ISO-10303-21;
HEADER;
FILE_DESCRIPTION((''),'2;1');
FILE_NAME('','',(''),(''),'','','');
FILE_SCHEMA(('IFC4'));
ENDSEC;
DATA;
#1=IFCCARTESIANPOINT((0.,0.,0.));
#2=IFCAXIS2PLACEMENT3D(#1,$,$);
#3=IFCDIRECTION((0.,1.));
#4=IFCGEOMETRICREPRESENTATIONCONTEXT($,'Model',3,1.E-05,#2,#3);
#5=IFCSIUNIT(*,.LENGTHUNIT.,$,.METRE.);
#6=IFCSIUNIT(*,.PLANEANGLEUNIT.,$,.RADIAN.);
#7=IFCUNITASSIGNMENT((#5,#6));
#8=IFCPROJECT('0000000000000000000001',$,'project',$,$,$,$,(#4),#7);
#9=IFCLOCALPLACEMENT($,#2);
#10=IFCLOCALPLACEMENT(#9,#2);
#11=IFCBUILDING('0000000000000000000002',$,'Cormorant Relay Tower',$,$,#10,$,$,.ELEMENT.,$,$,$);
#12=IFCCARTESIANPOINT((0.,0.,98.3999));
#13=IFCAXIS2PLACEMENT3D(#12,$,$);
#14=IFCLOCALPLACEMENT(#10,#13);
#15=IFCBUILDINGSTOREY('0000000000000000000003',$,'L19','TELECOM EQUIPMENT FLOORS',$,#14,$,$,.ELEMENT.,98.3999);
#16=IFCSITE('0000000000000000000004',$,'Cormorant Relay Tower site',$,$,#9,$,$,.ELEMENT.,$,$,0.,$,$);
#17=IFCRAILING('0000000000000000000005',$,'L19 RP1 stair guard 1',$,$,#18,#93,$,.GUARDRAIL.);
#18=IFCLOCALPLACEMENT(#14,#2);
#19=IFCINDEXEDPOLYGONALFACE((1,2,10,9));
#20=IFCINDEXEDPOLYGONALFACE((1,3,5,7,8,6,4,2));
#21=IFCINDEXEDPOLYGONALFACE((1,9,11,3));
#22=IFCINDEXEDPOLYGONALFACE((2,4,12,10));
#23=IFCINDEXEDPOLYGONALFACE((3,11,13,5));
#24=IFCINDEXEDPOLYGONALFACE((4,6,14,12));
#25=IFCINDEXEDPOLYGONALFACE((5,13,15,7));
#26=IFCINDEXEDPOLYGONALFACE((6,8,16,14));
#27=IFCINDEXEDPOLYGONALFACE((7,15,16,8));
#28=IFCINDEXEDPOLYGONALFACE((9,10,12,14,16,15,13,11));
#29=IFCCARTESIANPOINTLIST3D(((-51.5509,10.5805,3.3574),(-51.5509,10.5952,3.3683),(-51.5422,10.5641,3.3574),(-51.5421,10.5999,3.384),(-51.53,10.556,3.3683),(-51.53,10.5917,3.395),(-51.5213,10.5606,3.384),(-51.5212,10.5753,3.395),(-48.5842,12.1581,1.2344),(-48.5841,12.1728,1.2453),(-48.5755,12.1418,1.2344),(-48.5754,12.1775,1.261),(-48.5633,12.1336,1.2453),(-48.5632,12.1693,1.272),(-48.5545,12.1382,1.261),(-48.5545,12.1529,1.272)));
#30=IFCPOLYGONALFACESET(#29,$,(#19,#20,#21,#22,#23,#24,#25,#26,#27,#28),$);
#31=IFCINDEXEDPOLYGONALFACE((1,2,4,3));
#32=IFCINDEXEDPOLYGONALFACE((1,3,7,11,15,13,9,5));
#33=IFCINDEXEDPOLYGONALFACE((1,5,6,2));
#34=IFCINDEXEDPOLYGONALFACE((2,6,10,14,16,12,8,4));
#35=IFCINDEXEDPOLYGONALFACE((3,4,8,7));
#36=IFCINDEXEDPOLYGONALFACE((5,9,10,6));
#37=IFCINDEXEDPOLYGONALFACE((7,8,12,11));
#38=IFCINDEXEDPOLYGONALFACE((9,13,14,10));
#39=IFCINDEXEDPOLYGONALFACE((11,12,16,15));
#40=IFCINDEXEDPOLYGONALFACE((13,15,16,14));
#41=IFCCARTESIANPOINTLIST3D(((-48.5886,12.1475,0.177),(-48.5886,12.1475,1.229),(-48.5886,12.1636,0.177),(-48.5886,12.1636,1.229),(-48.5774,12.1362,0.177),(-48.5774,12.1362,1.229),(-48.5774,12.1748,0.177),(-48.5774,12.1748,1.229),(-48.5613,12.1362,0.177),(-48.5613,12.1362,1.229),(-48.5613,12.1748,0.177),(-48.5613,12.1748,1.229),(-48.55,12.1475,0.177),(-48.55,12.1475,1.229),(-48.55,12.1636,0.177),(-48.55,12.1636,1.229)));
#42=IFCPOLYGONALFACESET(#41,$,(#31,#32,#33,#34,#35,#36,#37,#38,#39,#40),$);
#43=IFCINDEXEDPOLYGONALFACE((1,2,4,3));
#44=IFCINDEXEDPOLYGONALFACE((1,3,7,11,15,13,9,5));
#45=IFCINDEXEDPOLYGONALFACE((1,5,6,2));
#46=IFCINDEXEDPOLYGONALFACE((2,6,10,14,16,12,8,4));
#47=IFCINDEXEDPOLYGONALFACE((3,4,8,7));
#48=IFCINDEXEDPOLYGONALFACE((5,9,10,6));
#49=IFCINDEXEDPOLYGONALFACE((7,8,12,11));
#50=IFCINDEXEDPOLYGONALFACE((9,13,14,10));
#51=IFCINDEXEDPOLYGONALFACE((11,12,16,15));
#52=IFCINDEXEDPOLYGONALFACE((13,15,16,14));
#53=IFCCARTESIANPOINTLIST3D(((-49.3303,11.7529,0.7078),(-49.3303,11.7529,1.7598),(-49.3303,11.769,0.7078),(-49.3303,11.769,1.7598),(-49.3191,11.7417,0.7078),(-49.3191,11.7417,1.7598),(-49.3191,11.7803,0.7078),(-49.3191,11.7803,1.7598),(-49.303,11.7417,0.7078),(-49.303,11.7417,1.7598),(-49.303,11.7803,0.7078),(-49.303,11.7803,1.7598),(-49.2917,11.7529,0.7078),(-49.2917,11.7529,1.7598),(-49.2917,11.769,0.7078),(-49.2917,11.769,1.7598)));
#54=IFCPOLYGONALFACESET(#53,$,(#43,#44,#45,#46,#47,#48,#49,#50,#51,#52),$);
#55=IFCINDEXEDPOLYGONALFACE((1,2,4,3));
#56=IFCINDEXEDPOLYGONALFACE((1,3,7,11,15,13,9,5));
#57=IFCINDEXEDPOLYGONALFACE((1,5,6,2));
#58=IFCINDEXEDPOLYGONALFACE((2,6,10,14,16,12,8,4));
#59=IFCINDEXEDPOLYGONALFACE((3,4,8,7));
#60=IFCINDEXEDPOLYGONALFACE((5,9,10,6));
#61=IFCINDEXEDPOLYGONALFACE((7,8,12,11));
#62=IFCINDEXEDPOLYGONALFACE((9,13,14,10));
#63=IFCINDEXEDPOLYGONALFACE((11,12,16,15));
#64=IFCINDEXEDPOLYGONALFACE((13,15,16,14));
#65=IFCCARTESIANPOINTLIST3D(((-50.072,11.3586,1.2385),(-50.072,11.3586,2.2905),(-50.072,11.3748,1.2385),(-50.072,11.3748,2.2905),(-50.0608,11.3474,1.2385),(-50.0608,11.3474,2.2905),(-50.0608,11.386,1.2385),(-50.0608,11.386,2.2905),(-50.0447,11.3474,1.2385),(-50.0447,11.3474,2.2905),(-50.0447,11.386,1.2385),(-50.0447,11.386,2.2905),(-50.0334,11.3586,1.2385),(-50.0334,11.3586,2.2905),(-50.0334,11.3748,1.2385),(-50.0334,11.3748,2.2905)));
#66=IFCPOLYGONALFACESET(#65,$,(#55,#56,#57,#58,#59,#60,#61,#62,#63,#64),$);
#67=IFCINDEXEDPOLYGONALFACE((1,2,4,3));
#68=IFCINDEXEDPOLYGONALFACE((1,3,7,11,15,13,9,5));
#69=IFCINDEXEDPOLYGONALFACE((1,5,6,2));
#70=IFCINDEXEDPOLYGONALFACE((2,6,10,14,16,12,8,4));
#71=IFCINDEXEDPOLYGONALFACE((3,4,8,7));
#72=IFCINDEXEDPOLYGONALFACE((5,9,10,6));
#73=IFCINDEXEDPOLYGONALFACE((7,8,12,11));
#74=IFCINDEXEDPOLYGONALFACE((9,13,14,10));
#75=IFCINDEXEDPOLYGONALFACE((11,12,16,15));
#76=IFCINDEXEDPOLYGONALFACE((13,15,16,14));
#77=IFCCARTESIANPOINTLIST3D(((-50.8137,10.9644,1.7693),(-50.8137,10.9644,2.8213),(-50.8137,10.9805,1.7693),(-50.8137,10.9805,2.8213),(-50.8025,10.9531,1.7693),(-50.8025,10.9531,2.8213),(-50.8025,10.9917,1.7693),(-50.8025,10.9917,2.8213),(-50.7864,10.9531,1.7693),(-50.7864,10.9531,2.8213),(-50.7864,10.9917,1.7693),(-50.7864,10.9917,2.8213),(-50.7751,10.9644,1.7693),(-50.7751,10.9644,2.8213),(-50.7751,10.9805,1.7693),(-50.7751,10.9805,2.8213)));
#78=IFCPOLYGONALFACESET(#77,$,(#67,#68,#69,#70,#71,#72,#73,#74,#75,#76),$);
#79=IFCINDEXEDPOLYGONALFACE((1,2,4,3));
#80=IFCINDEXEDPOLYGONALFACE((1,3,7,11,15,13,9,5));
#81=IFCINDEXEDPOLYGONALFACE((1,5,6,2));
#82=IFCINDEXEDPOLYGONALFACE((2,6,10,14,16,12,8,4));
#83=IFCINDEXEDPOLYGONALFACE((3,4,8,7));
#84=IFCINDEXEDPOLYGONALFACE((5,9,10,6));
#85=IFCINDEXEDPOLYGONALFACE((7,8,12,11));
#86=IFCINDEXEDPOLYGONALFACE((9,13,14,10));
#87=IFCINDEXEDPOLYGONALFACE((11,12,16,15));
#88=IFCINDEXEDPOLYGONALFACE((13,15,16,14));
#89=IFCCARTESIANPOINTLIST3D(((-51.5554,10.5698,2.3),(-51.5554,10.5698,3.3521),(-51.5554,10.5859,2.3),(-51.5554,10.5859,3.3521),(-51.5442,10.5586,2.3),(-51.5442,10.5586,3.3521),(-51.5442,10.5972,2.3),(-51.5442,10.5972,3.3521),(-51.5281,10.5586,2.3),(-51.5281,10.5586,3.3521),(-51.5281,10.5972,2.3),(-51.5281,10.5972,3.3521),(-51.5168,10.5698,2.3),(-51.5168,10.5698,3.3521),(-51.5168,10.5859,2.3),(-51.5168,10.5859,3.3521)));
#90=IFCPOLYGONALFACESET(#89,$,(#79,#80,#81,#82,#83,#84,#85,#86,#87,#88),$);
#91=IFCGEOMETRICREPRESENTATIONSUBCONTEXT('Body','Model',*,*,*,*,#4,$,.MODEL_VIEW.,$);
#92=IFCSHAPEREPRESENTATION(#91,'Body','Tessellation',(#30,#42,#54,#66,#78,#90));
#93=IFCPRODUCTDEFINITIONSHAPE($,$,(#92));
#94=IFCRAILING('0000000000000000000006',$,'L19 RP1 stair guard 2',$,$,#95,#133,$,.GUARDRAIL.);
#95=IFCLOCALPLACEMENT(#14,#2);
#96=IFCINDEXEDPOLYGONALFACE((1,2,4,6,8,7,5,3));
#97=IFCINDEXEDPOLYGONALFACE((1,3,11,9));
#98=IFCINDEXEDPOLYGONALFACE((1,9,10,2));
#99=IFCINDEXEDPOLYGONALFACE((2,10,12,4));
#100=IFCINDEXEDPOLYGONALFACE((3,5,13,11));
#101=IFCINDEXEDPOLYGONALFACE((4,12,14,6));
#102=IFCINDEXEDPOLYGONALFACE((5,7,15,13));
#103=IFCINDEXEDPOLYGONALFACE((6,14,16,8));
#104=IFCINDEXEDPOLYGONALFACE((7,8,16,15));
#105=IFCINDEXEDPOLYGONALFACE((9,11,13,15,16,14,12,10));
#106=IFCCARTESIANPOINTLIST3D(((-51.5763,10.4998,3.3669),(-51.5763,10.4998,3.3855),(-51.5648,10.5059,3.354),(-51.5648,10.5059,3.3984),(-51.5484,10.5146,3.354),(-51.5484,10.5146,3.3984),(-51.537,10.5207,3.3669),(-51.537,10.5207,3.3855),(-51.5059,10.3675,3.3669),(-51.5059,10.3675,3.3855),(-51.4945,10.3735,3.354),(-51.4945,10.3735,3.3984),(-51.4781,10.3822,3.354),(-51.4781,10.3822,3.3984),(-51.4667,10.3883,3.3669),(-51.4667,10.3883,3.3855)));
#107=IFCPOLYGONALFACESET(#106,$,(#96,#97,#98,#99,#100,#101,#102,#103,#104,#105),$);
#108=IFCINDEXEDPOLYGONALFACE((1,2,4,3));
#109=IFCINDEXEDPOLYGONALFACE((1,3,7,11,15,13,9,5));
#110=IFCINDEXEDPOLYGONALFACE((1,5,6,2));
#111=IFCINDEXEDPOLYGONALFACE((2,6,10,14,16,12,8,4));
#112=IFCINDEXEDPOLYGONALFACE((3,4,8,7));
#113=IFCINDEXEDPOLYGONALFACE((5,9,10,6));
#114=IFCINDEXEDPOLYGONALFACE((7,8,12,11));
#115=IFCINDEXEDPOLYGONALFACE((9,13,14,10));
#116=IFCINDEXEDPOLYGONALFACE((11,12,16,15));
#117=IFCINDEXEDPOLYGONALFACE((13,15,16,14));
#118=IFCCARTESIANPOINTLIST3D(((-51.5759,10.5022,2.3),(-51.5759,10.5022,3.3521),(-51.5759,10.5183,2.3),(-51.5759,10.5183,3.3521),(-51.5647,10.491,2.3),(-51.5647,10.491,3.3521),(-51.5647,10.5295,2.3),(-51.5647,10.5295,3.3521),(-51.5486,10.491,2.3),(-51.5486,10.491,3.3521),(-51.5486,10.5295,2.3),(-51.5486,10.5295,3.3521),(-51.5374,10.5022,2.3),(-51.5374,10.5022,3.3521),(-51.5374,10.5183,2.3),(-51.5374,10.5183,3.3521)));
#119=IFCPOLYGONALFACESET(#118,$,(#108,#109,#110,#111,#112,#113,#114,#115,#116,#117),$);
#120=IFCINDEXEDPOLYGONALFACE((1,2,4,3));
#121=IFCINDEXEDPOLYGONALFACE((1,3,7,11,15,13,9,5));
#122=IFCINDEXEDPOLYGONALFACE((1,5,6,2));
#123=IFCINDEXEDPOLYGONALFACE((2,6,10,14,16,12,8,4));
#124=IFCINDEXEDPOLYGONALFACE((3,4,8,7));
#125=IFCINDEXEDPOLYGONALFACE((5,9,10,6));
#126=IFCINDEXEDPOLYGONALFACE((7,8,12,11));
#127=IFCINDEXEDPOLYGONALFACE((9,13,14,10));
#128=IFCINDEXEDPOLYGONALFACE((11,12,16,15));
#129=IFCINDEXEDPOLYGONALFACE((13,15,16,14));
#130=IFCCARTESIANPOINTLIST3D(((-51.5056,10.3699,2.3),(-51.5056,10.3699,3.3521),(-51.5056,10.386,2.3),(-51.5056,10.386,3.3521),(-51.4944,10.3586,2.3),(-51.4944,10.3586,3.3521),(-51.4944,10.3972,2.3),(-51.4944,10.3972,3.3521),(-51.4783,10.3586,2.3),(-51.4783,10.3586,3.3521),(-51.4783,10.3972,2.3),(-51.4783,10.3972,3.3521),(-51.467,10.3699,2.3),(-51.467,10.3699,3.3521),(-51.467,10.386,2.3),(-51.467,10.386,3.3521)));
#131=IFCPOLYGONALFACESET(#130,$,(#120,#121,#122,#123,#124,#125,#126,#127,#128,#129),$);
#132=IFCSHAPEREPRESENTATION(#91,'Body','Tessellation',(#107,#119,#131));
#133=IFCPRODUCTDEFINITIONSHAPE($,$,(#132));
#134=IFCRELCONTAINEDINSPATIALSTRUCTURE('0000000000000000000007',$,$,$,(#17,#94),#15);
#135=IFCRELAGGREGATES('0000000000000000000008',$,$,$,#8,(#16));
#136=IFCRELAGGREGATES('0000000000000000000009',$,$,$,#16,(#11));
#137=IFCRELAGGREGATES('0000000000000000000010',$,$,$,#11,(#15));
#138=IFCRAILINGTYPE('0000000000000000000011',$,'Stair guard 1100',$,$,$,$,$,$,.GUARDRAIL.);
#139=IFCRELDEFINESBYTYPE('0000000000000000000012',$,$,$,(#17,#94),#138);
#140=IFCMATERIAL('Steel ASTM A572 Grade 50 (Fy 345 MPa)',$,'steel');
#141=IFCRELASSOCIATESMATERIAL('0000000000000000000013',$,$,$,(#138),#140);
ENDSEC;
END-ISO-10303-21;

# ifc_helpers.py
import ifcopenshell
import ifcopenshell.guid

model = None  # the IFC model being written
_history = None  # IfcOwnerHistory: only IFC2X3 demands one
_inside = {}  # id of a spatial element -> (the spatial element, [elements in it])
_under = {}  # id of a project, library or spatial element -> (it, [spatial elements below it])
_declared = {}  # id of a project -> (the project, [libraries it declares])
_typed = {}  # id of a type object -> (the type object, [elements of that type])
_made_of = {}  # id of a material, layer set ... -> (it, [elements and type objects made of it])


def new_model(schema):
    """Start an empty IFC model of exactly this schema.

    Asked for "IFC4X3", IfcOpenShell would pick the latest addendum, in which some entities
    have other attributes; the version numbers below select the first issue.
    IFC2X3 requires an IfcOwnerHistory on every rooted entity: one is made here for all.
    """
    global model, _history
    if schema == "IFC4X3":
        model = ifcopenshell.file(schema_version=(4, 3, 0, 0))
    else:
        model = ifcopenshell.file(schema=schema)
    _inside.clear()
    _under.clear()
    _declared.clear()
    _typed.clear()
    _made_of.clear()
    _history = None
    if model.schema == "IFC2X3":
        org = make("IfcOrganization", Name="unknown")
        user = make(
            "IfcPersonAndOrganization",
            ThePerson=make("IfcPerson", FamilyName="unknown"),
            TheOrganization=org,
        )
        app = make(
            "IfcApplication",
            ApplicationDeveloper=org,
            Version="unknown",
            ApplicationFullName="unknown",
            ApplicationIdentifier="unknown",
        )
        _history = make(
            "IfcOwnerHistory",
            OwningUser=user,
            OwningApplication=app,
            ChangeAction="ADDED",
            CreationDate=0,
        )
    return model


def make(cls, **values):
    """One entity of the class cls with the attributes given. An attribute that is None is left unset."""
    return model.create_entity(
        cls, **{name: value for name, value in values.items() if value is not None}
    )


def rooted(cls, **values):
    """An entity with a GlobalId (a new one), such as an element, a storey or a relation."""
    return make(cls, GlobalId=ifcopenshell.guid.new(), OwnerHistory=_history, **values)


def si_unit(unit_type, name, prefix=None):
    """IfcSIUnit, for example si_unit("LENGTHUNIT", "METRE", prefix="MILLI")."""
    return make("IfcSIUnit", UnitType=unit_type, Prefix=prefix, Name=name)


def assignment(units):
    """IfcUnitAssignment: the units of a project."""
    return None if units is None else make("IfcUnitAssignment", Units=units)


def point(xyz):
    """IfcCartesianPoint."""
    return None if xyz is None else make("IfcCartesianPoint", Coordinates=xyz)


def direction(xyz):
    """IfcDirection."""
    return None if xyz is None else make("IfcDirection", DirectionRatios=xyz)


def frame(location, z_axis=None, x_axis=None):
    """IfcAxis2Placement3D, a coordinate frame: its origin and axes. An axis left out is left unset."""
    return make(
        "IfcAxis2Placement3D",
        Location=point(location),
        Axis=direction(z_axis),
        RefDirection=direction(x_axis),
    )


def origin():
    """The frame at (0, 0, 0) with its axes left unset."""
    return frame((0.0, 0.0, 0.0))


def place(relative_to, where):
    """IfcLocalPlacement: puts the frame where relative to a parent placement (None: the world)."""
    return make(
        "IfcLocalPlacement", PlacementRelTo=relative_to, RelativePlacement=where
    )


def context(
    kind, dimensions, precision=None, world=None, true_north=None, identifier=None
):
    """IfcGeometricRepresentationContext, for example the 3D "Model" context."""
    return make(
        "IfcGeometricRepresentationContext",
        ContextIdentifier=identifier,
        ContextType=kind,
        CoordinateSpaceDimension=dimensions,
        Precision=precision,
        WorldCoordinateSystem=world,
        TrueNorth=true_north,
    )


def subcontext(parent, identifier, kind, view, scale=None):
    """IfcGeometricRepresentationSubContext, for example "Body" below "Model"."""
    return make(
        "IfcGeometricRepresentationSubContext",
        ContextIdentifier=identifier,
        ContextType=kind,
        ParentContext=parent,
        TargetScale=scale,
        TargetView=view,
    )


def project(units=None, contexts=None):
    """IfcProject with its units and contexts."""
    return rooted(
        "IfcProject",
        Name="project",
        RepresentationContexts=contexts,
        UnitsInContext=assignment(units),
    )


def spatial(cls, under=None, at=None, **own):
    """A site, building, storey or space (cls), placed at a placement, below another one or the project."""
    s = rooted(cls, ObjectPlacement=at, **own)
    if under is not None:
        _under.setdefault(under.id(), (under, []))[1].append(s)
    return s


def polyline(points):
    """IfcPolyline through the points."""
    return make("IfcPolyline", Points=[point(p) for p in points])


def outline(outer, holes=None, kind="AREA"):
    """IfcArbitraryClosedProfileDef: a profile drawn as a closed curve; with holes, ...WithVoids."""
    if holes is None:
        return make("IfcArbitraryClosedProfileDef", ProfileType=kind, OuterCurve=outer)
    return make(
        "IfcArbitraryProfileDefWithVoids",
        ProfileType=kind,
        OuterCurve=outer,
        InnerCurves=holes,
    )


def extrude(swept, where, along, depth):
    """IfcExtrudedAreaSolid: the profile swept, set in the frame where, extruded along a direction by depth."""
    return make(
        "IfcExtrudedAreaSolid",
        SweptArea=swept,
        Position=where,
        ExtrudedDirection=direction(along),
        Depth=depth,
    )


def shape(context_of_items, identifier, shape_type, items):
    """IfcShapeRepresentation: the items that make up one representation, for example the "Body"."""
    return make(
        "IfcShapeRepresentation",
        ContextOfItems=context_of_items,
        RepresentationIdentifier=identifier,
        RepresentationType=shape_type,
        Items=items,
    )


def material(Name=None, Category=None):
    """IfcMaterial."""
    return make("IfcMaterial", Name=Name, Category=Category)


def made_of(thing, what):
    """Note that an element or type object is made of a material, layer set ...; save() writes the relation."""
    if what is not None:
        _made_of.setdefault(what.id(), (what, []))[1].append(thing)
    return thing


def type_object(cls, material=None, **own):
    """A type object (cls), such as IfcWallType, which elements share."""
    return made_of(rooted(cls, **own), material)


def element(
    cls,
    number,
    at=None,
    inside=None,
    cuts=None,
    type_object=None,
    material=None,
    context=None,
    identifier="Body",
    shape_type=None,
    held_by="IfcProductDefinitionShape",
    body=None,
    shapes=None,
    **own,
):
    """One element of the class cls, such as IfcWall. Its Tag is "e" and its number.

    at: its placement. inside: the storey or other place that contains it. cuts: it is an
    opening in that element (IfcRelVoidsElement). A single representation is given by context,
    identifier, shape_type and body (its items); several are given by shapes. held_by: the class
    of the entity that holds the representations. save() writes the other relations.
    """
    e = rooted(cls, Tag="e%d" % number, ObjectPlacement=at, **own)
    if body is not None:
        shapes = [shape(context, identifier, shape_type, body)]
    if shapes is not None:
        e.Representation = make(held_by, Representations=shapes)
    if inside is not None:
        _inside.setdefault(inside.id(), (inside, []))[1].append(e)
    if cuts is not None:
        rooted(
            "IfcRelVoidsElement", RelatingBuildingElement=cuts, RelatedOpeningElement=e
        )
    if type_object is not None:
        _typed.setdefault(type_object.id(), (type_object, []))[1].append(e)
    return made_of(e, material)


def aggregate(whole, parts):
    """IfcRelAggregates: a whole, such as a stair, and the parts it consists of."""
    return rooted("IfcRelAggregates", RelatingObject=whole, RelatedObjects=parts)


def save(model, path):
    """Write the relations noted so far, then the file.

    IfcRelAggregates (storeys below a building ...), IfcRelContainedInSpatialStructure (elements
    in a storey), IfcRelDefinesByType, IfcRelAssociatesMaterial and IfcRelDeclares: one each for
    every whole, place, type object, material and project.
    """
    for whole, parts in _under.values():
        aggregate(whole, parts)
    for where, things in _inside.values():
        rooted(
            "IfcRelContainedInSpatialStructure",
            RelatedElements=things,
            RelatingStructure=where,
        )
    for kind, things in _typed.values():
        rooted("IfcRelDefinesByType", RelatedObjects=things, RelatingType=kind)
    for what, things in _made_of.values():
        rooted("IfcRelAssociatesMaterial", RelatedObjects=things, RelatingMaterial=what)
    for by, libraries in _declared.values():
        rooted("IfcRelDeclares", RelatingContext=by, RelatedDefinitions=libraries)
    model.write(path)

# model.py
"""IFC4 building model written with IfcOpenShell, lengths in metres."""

from ifc_helpers import new_model, si_unit, direction, frame, origin, place, context, subcontext, project, spatial, polyline, outline, extrude, material, type_object, element, save


model = new_model("IFC4")

# Units and contexts
model_context = context("Model", 3, precision=1e-05, world=origin(), true_north=direction((0.0, 1.0)))
body_context = subcontext(model_context, "Body", "Model", "MODEL_VIEW")
ifc_project = project(units=[si_unit("LENGTHUNIT", "METRE"), si_unit("PLANEANGLEUNIT", "RADIAN")], contexts=[model_context])

# Site, building, storey
site_placement = place(None, origin())
site = spatial("IfcSite", under=ifc_project, at=site_placement, Name="Cormorant Relay Tower site", CompositionType="ELEMENT", RefElevation=0.0)
building_placement = place(site_placement, origin())
building = spatial("IfcBuilding", under=site, at=building_placement, Name="Cormorant Relay Tower", CompositionType="ELEMENT")
storey_placement = place(building_placement, frame((0.0, 0.0, 98.3999)))
storey = spatial("IfcBuildingStorey", under=building, at=storey_placement, Name="L19", Description="TELECOM EQUIPMENT FLOORS", CompositionType="ELEMENT", Elevation=98.3999)

# Railings
ifc_material_1 = material(Name="Steel ASTM A572 Grade 50 (Fy 345 MPa)", Category="steel")
railing_type_1 = type_object("IfcRailingType", Name="Stair guard 1100", PredefinedType="GUARDRAIL", material=ifc_material_1)
railing_1_placement = place(storey_placement, frame((-48.5693, 12.1555, 0.177)))
element("IfcRailing", 1, at=railing_1_placement, inside=storey, type_object=railing_type_1, Name="L19 RP1 stair guard 1", PredefinedType="GUARDRAIL", context=body_context, shape_type="SweptSolid", body=[
    extrude(outline(polyline([(0.0222, 0.0093), (0.0093, 0.0222), (-0.0093, 0.0222), (-0.0222, 0.0093), (-0.0222, -0.0093), (-0.0093, -0.0222), (0.0093, -0.0222), (0.0222, -0.0093), (0.0222, 0.0093)])), frame((0.0, 0.0, 1.0762), z_axis=(-0.746422, -0.396921, 0.534142), x_axis=(0.469509, -0.882928, 0.0)), (0.0, 0.0, 1.0), 3.9746),
    extrude(outline(polyline([(0.0193, 0.0081), (0.0081, 0.0193), (-0.0081, 0.0193), (-0.0193, 0.0081), (-0.0193, -0.0081), (-0.0081, -0.0193), (0.0081, -0.0193), (0.0193, -0.0081), (0.0193, 0.0081)])), origin(), (0.0, 0.0, 1.0), 1.052),
    extrude(outline(polyline([(0.0193, 0.0081), (0.0081, 0.0193), (-0.0081, 0.0193), (-0.0193, 0.0081), (-0.0193, -0.0081), (-0.0081, -0.0193), (0.0081, -0.0193), (0.0193, -0.0081), (0.0193, 0.0081)])), frame((-0.7417, -0.3945, 0.5308)), (0.0, 0.0, 1.0), 1.052),
    extrude(outline(polyline([(0.0193, 0.0081), (0.0081, 0.0193), (-0.0081, 0.0193), (-0.0193, 0.0081), (-0.0193, -0.0081), (-0.0081, -0.0193), (0.0081, -0.0193), (0.0193, -0.0081), (0.0193, 0.0081)])), frame((-1.4834, -0.7888, 1.0615)), (0.0, 0.0, 1.0), 1.052),
    extrude(outline(polyline([(0.0193, 0.0081), (0.0081, 0.0193), (-0.0081, 0.0193), (-0.0193, 0.0081), (-0.0193, -0.0081), (-0.0081, -0.0193), (0.0081, -0.0193), (0.0193, -0.0081), (0.0193, 0.0081)])), frame((-2.2251, -1.1831, 1.5923)), (0.0, 0.0, 1.0), 1.052),
    extrude(outline(polyline([(0.0193, 0.0081), (0.0081, 0.0193), (-0.0081, 0.0193), (-0.0193, 0.0081), (-0.0193, -0.0081), (-0.0081, -0.0193), (0.0081, -0.0193), (0.0193, -0.0081), (0.0193, 0.0081)])), frame((-2.9668, -1.5776, 2.123)), (0.0, 0.0, 1.0), 1.052),
])
railing_2_placement = place(storey_placement, frame((-51.5566, 10.5103, 2.3)))
element("IfcRailing", 2, at=railing_2_placement, inside=storey, type_object=railing_type_1, Name="L19 RP1 stair guard 2", PredefinedType="GUARDRAIL", context=body_context, shape_type="SweptSolid", body=[
    extrude(outline(polyline([(0.0222, 0.0093), (0.0093, 0.0222), (-0.0093, 0.0222), (-0.0222, 0.0093), (-0.0222, -0.0093), (-0.0093, -0.0222), (0.0093, -0.0222), (0.0222, -0.0093), (0.0222, 0.0093)])), frame((0.0, 0.0, 1.0762), z_axis=(0.469235, -0.883074, 0.0), x_axis=(0.883074, 0.469235, 0.0)), (0.0, 0.0, 1.0), 0.1499),
    extrude(outline(polyline([(0.0193, 0.0081), (0.0081, 0.0193), (-0.0081, 0.0193), (-0.0193, 0.0081), (-0.0193, -0.0081), (-0.0081, -0.0193), (0.0081, -0.0193), (0.0193, -0.0081), (0.0193, 0.0081)])), origin(), (0.0, 0.0, 1.0), 1.052),
    extrude(outline(polyline([(0.0193, 0.0081), (0.0081, 0.0193), (-0.0081, 0.0193), (-0.0193, 0.0081), (-0.0193, -0.0081), (-0.0081, -0.0193), (0.0081, -0.0193), (0.0193, -0.0081), (0.0193, 0.0081)])), frame((0.0703, -0.1323, 0.0)), (0.0, 0.0, 1.0), 1.052),
])

save(model, "model.ifc")
